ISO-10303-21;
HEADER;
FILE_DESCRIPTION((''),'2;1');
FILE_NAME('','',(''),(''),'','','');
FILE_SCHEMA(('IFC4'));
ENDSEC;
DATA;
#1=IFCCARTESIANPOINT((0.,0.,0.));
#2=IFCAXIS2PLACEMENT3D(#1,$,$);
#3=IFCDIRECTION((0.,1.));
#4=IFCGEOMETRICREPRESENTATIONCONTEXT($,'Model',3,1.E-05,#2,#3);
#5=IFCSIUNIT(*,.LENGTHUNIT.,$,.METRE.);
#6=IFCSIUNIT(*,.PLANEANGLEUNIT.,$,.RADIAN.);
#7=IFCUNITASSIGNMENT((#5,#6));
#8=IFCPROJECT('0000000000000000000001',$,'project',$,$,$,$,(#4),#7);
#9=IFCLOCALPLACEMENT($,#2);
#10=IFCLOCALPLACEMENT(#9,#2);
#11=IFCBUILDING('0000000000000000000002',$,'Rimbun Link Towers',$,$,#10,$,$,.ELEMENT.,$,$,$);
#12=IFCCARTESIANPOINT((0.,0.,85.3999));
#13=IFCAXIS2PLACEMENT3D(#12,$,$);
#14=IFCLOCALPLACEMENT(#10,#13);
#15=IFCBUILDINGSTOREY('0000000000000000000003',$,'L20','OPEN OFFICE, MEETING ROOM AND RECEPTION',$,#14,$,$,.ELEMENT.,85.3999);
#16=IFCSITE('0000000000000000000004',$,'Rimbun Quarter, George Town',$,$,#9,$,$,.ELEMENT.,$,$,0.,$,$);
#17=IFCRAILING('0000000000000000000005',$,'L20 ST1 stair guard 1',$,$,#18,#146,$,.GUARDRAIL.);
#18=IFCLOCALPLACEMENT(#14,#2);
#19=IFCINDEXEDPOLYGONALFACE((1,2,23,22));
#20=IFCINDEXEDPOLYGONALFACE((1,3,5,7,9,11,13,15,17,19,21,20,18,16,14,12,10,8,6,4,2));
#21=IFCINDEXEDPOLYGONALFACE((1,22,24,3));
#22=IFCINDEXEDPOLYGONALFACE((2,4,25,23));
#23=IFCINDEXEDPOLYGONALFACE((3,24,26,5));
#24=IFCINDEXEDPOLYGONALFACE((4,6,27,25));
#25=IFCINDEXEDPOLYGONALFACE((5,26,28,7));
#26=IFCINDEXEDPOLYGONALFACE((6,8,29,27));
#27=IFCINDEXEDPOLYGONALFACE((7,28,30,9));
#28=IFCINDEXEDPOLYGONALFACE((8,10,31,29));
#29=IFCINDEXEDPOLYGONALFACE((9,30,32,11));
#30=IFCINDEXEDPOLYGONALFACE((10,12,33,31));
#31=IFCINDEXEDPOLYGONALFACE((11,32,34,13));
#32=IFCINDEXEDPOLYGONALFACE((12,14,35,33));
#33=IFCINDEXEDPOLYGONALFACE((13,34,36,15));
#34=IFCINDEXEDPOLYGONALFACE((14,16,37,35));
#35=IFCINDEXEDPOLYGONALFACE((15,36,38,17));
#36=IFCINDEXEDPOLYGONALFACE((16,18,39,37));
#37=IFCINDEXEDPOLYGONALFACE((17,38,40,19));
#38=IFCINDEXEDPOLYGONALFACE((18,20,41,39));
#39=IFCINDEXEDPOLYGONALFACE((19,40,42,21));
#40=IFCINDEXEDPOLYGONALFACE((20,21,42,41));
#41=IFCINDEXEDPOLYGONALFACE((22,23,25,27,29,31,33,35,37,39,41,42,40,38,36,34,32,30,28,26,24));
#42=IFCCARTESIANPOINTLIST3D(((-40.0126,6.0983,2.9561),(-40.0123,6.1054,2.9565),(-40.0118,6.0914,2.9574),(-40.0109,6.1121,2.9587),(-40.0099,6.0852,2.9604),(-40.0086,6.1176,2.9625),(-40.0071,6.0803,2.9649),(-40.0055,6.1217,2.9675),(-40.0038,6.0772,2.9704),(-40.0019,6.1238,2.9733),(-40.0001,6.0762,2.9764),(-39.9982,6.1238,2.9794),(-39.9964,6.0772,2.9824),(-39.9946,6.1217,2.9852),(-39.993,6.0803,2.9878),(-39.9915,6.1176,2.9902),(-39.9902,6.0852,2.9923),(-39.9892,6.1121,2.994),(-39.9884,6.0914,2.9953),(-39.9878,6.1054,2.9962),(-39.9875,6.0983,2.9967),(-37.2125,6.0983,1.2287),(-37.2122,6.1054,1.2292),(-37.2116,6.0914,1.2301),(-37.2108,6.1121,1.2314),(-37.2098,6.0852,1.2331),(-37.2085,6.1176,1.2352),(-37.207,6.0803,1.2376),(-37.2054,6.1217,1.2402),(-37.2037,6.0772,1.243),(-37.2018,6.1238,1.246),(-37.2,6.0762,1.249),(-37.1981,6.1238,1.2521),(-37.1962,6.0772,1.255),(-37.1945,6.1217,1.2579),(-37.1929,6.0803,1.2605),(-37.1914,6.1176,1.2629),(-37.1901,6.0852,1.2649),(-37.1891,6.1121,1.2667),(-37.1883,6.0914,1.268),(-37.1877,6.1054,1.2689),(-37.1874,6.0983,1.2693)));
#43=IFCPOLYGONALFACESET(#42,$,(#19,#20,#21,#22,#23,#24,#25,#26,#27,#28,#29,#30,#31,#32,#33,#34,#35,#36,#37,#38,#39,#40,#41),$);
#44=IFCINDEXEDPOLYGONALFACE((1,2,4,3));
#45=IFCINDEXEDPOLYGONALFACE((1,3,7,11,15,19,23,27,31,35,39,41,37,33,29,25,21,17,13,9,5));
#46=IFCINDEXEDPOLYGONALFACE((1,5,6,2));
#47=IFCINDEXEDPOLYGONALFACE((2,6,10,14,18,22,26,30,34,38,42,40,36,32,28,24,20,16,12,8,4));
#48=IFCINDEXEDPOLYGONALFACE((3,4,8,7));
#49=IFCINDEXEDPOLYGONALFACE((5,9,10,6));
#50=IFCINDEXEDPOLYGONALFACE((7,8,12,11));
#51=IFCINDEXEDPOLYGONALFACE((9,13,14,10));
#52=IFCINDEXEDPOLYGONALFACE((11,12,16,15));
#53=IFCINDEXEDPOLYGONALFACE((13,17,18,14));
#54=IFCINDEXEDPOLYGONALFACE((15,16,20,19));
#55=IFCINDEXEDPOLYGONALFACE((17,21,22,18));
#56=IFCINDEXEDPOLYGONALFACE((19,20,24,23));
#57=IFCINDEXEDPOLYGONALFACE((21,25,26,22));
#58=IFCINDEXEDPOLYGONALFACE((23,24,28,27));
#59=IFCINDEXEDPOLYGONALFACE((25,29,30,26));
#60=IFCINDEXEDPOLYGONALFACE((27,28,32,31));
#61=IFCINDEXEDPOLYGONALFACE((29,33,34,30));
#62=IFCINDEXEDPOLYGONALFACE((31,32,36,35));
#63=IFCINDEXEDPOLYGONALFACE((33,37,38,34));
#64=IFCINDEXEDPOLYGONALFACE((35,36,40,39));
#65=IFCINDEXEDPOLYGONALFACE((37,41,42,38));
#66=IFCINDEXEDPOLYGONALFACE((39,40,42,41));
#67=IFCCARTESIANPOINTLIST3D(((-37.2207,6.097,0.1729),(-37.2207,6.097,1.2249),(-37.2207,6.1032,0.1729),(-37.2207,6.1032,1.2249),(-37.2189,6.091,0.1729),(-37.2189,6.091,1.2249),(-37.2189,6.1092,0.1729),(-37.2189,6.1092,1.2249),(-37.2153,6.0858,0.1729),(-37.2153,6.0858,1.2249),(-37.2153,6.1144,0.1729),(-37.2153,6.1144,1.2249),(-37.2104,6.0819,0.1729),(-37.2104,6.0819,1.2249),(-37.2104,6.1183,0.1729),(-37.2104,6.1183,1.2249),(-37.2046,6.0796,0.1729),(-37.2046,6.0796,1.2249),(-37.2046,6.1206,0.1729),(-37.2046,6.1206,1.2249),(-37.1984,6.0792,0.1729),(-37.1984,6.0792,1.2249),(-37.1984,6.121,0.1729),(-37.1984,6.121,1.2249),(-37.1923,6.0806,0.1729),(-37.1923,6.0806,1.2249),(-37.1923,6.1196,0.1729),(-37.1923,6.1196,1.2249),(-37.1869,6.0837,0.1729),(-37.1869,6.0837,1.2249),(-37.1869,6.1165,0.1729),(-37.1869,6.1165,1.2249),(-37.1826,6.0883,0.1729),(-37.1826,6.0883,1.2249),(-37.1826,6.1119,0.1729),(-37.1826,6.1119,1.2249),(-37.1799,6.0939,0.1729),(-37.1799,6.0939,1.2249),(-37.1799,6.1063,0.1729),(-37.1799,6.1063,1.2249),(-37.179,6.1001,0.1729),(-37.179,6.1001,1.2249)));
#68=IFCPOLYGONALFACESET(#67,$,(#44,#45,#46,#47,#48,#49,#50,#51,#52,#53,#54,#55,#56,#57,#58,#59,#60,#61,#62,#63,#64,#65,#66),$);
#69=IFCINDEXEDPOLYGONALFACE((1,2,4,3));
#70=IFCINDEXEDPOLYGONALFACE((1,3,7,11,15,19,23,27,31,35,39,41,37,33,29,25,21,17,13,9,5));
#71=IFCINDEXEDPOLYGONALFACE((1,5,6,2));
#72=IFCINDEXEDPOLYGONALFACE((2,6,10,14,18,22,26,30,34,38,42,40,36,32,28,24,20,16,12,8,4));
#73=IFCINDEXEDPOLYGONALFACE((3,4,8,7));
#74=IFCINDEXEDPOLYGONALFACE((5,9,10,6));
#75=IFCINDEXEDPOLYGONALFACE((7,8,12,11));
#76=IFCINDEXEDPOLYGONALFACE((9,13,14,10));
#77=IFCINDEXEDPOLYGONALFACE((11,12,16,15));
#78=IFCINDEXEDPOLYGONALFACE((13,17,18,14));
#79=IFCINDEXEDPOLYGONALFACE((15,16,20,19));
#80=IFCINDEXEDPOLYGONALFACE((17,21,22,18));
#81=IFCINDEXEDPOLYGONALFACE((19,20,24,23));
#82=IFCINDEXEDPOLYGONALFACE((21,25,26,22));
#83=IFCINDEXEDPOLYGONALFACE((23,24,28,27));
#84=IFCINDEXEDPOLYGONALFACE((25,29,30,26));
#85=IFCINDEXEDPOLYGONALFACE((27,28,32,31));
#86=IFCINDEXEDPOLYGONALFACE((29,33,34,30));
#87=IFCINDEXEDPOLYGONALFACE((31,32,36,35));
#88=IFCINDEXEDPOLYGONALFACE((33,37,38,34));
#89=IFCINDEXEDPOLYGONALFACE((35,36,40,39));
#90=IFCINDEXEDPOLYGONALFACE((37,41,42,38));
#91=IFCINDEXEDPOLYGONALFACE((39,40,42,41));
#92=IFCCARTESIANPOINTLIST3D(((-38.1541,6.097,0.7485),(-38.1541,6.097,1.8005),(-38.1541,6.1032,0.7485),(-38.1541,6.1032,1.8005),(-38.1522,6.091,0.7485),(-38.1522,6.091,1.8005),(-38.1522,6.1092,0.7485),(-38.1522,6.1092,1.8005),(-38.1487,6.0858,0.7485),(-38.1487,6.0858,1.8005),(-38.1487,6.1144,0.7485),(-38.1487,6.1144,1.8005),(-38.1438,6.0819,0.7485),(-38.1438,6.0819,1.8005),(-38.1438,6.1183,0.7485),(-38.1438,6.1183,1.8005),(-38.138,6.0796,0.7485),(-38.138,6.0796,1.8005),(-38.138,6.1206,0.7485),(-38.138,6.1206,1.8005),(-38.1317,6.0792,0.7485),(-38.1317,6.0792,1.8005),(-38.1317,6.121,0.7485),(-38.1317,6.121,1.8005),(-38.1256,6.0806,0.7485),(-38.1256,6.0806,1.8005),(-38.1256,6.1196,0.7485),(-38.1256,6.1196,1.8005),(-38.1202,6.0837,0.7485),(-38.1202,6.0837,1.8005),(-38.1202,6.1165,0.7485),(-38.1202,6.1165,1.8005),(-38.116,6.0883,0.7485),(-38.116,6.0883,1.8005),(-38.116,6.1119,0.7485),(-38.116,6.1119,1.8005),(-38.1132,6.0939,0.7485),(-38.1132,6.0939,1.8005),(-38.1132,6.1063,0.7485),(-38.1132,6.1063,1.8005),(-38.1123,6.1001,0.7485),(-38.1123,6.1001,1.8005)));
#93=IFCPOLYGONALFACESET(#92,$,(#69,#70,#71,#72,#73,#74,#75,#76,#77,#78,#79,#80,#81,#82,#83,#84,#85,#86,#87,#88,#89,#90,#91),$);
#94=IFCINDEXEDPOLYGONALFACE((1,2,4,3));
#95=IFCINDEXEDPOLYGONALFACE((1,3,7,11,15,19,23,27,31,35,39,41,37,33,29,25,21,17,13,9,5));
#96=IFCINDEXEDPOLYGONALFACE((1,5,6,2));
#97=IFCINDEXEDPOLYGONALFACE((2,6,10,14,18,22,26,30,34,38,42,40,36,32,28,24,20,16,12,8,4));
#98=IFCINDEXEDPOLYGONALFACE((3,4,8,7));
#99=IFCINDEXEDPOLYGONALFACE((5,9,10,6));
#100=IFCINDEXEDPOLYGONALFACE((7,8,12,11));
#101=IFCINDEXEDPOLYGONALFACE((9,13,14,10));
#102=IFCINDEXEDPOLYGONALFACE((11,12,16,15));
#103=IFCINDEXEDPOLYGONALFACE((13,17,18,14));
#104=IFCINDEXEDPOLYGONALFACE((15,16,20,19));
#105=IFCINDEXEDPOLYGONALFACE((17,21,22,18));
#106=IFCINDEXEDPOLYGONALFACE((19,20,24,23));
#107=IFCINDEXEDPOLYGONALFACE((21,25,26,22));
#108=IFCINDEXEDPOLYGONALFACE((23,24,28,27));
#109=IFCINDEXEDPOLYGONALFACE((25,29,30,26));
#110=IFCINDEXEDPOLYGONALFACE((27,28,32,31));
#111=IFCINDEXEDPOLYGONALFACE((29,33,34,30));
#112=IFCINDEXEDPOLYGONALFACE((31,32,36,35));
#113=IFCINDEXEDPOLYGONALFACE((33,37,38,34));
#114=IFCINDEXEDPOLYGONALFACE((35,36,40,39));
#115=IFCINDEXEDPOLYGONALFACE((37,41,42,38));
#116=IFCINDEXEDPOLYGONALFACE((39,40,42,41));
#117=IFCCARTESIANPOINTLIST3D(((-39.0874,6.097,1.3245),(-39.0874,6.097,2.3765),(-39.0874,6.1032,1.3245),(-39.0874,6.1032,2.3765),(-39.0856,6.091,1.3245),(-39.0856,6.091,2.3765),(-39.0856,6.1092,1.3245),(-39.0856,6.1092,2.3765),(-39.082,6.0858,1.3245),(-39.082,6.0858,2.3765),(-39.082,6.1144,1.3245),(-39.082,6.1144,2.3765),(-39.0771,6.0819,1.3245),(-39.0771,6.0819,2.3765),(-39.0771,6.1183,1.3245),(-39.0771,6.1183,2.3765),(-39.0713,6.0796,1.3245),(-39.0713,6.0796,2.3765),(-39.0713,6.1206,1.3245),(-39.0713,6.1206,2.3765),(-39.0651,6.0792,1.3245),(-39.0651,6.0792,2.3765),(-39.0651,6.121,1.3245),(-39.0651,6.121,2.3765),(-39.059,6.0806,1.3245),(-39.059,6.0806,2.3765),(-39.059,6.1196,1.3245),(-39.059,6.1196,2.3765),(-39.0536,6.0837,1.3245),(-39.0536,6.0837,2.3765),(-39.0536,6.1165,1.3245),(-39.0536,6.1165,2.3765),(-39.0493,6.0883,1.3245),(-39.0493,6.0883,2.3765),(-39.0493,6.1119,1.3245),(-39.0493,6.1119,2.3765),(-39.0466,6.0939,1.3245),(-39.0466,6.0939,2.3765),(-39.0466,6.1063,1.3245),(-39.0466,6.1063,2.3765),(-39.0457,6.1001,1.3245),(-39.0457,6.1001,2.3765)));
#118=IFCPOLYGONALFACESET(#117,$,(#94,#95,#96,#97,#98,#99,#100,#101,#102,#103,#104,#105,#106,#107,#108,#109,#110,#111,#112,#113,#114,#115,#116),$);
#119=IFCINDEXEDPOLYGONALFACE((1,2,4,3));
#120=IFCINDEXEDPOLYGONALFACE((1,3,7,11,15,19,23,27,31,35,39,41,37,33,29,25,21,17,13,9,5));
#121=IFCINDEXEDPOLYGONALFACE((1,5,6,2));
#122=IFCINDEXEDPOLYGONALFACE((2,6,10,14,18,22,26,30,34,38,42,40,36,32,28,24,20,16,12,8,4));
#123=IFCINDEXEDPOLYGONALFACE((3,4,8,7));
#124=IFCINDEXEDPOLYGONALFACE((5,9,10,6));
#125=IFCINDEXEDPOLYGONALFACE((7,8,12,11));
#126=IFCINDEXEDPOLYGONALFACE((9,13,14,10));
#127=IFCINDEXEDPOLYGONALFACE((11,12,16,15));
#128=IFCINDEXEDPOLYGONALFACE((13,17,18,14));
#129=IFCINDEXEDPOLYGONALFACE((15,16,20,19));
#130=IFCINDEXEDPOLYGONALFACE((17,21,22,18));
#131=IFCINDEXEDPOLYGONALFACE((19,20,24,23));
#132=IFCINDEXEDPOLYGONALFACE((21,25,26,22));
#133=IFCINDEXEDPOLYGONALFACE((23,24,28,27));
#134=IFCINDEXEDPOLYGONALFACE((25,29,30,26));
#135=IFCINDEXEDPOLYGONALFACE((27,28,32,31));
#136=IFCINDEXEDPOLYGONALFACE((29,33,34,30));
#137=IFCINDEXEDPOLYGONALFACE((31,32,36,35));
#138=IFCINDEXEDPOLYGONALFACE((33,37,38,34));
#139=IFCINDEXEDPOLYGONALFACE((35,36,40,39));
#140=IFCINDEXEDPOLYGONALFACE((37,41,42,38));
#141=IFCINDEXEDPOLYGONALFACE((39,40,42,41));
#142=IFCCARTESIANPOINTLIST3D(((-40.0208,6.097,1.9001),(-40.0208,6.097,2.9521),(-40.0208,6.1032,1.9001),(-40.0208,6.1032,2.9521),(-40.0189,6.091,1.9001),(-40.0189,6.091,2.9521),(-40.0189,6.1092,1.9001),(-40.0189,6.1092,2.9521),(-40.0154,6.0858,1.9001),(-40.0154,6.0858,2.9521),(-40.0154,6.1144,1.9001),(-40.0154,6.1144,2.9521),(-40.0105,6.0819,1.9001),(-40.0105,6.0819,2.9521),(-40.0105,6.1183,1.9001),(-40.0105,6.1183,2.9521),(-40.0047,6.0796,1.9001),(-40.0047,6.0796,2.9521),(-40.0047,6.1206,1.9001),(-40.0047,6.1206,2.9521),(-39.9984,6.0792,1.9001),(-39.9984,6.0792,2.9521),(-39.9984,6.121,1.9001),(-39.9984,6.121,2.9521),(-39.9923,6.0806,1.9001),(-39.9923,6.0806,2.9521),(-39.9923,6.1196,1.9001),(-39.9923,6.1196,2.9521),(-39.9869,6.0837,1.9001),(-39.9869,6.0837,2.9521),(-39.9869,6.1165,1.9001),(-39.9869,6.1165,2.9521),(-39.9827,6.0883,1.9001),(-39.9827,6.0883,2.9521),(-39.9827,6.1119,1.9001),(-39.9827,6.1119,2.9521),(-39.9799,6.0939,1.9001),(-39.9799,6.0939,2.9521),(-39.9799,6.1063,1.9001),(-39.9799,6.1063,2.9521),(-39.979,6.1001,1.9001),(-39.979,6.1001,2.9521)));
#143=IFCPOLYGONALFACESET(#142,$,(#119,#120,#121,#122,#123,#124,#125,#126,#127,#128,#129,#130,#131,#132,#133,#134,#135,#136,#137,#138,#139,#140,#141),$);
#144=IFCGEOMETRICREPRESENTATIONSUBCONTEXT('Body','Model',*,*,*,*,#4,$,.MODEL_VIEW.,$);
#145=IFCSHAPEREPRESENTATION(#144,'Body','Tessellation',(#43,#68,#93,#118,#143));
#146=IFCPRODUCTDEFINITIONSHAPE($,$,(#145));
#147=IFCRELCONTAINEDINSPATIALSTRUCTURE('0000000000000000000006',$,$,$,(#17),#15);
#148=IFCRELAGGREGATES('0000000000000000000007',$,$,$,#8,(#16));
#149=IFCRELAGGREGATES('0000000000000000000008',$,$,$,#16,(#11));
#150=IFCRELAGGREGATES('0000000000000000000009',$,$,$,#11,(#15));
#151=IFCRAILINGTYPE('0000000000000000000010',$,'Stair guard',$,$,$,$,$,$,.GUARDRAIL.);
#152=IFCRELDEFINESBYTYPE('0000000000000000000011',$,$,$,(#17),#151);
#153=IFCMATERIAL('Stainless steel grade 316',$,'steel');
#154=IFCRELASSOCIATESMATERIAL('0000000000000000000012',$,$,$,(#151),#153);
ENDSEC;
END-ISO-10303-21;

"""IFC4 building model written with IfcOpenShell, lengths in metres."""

from ifc_helpers import new_model, si_unit, direction, frame, origin, origin_2d, place, context, subcontext, project, spatial, circle, extrude, material, type_object, element, save


model = new_model("IFC4")

# Units and contexts
model_context = context("Model", 3, precision=1e-05, world=origin(), true_north=direction((0.0, 1.0)))
body_context = subcontext(model_context, "Body", "Model", "MODEL_VIEW")
ifc_project = project(units=[si_unit("LENGTHUNIT", "METRE"), si_unit("PLANEANGLEUNIT", "RADIAN")], contexts=[model_context])

# Site, building, storey
site_placement = place(None, origin())
site = spatial("IfcSite", under=ifc_project, at=site_placement, Name="Rimbun Quarter, George Town", CompositionType="ELEMENT", RefElevation=0.0)
building_placement = place(site_placement, origin())
building = spatial("IfcBuilding", under=site, at=building_placement, Name="Rimbun Link Towers", CompositionType="ELEMENT")
storey_placement = place(building_placement, frame((0.0, 0.0, 85.3999)))
storey = spatial("IfcBuildingStorey", under=building, at=storey_placement, Name="L20", Description="OPEN OFFICE, MEETING ROOM AND RECEPTION", CompositionType="ELEMENT", Elevation=85.3999)

# Railing
ifc_material_1 = material(Name="Stainless steel grade 316", Category="steel")
railing_type_1 = type_object("IfcRailingType", Name="Stair guard", PredefinedType="GUARDRAIL", material=ifc_material_1)
railing_1_placement = place(storey_placement, frame((-37.2, 6.1001, 0.1729)))
element("IfcRailing", 1, at=railing_1_placement, inside=storey, type_object=railing_type_1, Name="L20 ST1 stair guard 1", PredefinedType="GUARDRAIL", context=body_context, shape_type="SweptSolid", body=[
    extrude(circle(Radius=0.0239, at=origin_2d()), frame((0.0, 0.0, 1.0762), z_axis=(-0.85109, 0.0, 0.52502), x_axis=(0.0, -1.0, 0.0)), (0.0, 0.0, 1.0), 3.29),
    extrude(circle(Radius=0.021, at=origin_2d()), origin(), (0.0, 0.0, 1.0), 1.052),
    extrude(circle(Radius=0.021, at=origin_2d()), frame((-0.9333, 0.0, 0.5757)), (0.0, 0.0, 1.0), 1.052),
    extrude(circle(Radius=0.021, at=origin_2d()), frame((-1.8667, 0.0, 1.1516)), (0.0, 0.0, 1.0), 1.052),
    extrude(circle(Radius=0.021, at=origin_2d()), frame((-2.8, 0.0, 1.7273)), (0.0, 0.0, 1.0), 1.052),
])

save(model, "model.ifc")
